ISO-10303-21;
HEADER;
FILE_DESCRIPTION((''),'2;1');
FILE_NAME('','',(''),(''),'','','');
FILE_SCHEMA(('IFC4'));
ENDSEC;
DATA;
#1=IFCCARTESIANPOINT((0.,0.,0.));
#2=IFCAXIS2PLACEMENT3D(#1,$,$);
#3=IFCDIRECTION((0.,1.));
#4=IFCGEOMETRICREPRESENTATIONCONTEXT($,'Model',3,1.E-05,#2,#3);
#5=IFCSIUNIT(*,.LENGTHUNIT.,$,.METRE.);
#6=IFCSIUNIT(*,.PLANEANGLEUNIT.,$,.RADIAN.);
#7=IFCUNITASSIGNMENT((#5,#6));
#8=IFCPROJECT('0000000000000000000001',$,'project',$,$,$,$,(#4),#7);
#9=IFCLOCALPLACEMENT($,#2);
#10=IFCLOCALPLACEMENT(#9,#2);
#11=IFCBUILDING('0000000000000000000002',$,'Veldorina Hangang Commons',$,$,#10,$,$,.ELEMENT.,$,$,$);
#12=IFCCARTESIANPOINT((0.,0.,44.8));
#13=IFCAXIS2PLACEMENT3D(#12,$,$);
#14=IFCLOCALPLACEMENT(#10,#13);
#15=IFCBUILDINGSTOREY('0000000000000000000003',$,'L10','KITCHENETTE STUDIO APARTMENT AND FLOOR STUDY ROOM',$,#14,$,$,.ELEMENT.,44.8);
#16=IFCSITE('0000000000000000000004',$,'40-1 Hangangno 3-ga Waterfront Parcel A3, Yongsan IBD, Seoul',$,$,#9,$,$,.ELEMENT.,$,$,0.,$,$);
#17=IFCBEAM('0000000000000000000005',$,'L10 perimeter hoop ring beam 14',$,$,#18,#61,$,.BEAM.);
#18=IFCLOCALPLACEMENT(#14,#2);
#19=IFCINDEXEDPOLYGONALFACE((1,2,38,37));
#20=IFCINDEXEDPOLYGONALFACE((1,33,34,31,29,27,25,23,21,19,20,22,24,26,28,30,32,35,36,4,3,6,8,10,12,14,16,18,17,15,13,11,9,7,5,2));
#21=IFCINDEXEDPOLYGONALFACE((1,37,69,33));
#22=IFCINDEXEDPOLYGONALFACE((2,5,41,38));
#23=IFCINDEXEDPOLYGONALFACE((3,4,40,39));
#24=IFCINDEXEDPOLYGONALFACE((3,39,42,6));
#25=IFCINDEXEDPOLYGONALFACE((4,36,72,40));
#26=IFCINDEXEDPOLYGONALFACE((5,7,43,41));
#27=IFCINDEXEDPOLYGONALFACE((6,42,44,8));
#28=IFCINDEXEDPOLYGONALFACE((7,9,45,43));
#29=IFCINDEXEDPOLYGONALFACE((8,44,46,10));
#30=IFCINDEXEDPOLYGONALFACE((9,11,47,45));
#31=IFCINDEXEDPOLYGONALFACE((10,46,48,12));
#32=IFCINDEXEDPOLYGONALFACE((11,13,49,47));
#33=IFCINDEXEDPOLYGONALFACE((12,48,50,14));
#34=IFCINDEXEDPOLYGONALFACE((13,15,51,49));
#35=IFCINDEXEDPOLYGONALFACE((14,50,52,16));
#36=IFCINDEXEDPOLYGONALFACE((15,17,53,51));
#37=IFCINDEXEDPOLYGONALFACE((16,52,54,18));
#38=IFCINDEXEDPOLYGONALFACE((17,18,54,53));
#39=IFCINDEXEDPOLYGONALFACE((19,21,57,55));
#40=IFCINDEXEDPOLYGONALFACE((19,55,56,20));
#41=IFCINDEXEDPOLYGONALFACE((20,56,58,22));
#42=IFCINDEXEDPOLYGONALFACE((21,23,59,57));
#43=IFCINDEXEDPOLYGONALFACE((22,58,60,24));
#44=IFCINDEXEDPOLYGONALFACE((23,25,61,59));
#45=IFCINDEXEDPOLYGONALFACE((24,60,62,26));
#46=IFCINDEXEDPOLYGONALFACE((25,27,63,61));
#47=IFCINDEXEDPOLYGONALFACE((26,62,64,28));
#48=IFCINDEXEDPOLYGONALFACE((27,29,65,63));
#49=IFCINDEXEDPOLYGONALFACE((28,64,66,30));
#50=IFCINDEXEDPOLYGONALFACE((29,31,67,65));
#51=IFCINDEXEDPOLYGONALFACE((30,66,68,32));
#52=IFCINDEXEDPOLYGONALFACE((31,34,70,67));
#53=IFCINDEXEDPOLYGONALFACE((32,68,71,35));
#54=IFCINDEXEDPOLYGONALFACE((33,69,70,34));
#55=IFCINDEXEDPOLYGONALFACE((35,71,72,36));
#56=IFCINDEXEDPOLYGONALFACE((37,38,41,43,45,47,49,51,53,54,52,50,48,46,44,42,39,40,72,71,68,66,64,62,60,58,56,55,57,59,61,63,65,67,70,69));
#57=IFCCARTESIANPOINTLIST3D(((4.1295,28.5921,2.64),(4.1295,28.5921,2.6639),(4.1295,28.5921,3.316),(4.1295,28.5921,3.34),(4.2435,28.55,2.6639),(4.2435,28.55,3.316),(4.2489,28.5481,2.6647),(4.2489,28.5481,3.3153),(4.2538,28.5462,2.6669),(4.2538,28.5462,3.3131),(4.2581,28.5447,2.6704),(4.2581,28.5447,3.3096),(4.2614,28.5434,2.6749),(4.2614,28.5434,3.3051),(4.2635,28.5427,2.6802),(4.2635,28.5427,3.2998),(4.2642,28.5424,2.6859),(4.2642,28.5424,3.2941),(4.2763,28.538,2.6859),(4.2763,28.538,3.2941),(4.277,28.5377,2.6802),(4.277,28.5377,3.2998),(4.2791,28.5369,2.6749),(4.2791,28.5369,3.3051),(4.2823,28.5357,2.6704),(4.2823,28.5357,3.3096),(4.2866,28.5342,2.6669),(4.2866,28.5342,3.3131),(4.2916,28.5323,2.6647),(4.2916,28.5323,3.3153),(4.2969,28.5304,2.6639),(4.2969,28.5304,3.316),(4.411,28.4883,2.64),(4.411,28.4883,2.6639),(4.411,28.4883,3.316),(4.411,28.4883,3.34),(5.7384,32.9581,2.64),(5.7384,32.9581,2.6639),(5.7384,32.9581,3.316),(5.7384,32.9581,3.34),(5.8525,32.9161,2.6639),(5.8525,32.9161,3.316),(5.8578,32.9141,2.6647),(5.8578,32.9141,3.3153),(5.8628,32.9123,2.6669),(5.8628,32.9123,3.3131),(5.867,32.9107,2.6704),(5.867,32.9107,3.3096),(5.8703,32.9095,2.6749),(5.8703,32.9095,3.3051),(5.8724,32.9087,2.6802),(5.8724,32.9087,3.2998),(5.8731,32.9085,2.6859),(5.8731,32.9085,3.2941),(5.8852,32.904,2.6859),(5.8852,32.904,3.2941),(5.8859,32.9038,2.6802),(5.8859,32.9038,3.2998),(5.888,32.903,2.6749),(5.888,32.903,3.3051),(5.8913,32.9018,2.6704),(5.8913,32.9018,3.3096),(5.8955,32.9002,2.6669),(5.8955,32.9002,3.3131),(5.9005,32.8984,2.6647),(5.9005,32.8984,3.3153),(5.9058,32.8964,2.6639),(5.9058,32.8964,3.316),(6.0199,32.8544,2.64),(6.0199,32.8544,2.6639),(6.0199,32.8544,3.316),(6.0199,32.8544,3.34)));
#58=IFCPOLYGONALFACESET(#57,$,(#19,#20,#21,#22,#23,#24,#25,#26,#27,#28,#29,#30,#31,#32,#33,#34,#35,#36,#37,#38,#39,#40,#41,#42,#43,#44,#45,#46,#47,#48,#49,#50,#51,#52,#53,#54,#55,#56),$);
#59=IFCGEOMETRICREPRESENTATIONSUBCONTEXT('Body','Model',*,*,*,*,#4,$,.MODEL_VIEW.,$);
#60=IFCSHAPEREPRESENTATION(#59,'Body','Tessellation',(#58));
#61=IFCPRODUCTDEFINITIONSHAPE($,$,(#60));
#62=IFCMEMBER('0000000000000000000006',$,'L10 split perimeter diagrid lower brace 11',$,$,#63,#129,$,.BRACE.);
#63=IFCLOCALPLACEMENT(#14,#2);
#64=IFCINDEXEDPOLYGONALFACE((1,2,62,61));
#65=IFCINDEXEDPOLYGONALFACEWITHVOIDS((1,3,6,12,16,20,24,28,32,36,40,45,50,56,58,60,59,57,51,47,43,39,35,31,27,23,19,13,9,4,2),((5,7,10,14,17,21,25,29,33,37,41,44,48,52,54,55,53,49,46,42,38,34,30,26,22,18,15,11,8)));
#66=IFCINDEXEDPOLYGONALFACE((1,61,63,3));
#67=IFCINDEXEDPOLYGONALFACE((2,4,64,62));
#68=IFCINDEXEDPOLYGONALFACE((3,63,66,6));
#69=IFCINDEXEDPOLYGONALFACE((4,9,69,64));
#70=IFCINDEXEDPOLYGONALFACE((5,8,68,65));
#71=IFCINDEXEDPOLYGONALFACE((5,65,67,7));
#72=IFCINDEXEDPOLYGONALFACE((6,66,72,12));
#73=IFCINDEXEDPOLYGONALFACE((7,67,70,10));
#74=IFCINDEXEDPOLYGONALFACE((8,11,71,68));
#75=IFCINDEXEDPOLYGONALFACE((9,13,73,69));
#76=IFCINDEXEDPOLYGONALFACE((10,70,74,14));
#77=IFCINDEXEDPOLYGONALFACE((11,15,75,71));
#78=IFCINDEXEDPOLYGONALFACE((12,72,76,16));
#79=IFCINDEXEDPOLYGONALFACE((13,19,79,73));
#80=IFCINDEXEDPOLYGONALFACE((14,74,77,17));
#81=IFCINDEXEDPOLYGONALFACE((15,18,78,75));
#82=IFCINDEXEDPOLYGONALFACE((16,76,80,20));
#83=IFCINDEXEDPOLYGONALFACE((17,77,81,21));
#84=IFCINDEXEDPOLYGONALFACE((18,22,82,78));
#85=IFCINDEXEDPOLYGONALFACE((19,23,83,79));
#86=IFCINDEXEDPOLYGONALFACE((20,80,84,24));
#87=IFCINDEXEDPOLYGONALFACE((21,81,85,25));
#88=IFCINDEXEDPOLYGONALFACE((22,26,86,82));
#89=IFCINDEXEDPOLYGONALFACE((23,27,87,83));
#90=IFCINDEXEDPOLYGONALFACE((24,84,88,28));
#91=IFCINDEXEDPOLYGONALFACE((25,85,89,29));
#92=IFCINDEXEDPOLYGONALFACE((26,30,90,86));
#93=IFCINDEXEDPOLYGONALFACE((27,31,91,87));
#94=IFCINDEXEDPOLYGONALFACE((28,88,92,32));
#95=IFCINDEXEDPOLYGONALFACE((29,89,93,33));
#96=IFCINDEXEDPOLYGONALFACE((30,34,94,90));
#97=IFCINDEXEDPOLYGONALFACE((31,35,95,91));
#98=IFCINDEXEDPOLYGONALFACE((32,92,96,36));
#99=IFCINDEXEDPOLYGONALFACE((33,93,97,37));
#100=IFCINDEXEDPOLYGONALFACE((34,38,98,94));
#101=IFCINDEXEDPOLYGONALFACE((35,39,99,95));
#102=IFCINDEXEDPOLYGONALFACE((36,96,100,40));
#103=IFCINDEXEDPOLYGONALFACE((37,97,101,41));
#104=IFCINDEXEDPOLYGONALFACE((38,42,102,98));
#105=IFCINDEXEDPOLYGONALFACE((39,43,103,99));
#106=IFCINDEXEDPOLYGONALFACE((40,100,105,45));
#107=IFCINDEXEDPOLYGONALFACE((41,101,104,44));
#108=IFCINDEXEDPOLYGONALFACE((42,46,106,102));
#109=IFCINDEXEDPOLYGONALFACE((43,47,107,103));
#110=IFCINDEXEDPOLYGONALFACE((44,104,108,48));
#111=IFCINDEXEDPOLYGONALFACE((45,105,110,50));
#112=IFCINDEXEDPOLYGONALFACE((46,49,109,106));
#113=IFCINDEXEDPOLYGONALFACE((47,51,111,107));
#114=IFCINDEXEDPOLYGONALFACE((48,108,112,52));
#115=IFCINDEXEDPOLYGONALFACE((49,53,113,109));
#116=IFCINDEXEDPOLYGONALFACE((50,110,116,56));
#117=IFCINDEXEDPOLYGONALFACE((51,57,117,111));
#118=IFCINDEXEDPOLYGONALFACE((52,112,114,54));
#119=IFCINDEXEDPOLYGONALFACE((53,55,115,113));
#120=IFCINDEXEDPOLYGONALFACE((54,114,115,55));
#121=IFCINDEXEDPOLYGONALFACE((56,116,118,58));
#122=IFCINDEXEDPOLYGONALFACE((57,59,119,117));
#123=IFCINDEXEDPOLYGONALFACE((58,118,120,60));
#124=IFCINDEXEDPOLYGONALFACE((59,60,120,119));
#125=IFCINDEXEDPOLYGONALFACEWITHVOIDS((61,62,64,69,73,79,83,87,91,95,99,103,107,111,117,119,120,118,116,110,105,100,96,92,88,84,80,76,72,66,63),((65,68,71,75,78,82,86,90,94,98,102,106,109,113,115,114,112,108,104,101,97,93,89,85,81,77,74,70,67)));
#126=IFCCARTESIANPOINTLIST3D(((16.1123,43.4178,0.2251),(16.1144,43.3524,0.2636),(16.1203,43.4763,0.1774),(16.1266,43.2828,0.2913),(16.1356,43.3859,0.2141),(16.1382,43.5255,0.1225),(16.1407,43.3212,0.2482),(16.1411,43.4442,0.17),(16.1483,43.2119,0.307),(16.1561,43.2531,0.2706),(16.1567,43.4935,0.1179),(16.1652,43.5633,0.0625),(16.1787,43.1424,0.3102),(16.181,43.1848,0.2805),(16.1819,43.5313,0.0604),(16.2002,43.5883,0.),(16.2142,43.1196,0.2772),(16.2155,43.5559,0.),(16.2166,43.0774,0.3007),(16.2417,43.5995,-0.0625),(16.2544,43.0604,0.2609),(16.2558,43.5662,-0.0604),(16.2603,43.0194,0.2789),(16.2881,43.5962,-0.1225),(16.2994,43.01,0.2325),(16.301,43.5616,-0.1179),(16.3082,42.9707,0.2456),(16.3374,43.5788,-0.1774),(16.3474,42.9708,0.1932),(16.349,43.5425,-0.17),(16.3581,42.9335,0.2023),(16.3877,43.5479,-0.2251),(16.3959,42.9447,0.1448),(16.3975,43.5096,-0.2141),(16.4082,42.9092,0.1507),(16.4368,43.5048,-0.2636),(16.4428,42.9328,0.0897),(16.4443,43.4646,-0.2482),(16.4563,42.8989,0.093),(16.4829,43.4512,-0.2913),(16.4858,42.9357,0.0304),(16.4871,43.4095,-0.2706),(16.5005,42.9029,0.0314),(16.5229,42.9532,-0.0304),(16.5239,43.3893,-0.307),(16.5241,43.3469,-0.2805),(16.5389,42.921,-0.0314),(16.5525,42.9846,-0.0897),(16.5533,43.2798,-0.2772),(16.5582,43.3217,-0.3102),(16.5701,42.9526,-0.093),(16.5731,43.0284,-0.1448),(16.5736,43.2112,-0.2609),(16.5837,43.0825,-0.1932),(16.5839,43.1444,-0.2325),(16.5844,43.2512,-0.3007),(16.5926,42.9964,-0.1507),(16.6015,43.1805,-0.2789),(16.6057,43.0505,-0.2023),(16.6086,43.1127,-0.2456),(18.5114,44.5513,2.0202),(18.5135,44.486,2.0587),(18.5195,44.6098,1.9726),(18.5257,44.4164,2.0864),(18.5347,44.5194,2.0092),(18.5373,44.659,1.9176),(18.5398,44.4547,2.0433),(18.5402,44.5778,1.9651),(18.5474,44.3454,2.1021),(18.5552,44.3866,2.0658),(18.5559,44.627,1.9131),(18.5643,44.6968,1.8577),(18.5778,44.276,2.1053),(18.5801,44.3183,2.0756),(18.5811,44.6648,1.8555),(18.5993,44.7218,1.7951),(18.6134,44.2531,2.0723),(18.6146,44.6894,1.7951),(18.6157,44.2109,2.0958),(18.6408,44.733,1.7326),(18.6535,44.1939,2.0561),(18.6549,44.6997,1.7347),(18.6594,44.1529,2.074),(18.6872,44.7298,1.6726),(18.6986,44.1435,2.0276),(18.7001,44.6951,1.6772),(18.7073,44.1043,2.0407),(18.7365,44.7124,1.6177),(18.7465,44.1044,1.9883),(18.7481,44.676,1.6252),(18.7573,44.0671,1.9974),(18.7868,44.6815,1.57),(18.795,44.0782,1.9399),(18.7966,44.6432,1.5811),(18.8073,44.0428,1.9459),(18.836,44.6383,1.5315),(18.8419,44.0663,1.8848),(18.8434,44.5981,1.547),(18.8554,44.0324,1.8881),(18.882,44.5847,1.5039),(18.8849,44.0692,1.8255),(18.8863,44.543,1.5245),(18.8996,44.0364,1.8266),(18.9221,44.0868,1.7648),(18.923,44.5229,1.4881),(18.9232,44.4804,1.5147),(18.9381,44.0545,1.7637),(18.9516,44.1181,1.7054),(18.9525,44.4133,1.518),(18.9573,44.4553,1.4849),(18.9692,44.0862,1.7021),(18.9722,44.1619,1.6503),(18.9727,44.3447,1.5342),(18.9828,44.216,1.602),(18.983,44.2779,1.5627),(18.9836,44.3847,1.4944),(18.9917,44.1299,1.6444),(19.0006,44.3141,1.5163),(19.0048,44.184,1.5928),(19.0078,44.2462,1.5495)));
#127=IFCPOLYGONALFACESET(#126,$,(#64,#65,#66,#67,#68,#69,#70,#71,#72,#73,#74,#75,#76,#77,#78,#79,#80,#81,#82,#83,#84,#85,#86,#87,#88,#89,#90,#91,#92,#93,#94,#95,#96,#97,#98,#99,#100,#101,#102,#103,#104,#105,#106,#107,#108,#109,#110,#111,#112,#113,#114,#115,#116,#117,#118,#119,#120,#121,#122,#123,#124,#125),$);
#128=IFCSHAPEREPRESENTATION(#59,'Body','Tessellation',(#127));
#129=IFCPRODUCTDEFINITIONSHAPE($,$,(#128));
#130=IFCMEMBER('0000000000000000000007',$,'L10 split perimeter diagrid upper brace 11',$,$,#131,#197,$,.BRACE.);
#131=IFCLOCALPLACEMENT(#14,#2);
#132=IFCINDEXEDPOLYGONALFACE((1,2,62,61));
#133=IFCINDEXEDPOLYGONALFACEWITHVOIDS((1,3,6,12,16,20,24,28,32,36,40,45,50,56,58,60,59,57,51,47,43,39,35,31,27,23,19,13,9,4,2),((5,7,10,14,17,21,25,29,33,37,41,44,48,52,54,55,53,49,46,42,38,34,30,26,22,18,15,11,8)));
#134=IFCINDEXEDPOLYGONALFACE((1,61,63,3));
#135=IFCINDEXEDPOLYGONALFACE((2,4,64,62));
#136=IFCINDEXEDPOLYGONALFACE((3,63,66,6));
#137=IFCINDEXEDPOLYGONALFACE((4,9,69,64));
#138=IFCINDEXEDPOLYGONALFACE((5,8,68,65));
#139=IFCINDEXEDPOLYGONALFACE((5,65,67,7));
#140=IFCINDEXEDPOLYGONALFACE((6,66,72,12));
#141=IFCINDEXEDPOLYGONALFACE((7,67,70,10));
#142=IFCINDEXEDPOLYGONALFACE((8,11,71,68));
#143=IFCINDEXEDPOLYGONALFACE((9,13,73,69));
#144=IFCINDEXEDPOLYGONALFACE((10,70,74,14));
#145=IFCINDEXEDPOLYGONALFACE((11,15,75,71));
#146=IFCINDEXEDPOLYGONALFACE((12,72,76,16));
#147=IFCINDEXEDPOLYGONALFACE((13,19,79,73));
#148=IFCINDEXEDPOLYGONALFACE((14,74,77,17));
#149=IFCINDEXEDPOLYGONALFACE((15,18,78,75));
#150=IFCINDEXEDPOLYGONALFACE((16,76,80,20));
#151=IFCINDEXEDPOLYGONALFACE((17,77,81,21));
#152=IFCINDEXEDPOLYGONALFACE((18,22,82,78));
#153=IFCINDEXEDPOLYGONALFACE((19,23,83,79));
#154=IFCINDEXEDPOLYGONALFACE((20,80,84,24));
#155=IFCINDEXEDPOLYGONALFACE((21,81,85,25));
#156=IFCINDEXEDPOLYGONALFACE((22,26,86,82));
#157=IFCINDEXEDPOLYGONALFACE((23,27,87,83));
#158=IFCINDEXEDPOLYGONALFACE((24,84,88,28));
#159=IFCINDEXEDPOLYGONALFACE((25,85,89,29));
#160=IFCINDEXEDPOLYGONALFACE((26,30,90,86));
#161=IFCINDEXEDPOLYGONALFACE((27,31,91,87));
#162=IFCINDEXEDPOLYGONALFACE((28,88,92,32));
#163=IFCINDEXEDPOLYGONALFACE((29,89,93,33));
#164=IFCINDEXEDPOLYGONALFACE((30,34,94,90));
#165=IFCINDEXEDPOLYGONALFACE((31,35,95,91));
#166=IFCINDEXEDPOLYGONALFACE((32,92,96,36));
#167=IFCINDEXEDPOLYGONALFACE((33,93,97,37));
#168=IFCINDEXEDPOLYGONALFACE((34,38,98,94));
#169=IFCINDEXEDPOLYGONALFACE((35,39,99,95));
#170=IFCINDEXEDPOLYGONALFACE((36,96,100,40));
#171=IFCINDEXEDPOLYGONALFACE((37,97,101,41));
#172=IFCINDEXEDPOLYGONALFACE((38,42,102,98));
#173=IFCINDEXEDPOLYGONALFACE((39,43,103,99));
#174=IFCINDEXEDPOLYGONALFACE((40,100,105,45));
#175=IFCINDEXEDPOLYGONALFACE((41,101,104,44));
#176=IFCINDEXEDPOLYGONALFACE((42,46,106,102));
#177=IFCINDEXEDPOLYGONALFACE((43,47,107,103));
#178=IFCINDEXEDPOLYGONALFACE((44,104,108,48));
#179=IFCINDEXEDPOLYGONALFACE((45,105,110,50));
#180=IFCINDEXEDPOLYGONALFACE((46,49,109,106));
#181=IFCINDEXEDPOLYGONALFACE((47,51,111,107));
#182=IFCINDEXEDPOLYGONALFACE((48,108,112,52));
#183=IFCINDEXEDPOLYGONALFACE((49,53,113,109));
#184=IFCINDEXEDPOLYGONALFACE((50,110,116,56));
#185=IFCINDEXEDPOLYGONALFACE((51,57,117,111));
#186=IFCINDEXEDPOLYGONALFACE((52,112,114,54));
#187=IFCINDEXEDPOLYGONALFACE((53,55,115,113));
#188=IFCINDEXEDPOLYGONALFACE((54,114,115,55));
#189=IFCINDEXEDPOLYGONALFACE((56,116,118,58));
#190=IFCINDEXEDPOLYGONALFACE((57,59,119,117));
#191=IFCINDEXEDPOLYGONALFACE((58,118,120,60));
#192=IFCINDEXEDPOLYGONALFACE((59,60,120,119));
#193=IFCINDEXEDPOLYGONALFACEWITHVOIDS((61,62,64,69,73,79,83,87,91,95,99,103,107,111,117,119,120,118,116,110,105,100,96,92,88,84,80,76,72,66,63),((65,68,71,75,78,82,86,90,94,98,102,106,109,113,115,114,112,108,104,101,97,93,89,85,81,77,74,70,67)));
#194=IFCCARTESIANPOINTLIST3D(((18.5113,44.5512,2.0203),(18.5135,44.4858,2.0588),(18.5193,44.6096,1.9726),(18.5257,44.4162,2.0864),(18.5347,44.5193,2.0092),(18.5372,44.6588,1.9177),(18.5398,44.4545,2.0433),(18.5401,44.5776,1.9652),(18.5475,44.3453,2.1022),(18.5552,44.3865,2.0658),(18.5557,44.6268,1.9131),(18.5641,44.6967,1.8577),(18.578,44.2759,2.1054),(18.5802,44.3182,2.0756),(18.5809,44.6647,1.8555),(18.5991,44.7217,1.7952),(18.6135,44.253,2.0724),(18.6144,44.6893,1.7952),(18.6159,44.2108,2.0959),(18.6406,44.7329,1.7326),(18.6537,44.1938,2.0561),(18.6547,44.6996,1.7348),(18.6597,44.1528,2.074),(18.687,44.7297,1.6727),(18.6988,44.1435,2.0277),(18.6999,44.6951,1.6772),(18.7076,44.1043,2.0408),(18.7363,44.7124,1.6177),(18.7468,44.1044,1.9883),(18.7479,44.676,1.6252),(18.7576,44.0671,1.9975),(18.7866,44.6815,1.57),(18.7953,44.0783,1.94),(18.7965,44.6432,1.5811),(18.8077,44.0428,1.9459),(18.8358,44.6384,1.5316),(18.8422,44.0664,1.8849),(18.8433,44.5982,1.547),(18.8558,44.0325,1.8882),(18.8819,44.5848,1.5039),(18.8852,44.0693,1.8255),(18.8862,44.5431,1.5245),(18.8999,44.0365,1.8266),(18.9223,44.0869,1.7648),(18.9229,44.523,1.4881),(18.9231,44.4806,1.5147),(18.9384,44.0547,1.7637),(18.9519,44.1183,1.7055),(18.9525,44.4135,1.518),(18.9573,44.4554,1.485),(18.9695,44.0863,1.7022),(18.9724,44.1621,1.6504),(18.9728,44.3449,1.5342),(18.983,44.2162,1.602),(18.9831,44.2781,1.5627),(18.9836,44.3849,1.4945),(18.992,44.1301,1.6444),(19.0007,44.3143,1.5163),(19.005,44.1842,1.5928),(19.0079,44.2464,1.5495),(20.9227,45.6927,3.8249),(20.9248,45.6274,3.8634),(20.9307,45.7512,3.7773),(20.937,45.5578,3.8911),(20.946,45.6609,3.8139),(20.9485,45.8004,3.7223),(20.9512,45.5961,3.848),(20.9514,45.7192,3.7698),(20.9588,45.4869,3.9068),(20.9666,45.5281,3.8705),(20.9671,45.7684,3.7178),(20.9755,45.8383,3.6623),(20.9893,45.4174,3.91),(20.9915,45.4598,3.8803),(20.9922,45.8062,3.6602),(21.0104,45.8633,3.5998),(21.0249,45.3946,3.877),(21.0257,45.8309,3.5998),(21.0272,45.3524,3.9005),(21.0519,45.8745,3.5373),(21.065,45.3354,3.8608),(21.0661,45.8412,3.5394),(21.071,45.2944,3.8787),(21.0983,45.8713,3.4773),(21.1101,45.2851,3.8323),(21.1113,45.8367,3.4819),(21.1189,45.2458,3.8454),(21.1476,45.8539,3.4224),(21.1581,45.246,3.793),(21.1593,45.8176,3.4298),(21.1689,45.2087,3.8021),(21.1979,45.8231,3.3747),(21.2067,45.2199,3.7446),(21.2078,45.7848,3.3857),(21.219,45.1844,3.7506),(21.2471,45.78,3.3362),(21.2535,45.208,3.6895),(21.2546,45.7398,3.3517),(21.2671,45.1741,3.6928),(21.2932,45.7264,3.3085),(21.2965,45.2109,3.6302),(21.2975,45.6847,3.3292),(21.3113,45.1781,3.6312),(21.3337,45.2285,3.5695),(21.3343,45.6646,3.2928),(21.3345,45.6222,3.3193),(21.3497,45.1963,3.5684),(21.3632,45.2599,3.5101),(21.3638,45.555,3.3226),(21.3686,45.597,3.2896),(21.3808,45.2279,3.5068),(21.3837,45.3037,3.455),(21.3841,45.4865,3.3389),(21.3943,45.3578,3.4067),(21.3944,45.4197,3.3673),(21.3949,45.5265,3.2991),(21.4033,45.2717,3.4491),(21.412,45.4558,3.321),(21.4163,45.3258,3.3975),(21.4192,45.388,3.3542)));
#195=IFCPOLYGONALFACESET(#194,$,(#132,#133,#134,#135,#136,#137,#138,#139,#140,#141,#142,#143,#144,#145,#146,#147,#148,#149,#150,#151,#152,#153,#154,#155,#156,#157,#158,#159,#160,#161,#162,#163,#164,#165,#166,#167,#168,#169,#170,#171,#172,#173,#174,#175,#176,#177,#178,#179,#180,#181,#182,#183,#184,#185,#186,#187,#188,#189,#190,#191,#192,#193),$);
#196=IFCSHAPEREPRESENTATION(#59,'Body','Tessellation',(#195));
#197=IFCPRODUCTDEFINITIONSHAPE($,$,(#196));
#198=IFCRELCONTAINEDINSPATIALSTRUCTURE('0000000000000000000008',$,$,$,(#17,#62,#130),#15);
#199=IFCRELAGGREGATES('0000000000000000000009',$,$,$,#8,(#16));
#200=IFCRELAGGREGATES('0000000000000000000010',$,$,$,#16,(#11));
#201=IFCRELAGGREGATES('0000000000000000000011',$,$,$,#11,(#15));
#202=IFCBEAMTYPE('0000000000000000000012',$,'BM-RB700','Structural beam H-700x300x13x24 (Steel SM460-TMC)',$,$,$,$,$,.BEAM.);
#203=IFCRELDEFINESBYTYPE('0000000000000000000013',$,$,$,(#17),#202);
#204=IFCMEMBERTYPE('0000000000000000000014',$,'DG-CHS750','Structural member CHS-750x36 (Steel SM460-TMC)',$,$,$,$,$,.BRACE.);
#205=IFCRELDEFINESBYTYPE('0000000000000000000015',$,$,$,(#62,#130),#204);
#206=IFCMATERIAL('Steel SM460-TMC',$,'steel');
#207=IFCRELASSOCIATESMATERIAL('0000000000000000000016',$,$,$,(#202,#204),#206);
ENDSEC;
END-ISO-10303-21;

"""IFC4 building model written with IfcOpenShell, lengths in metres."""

from ifc_helpers import new_model, si_unit, direction, frame, origin, origin_2d, place, context, subcontext, project, spatial, hollow_circle, i_section, extrude, material, material_profile, profile_set, type_object, element, save


model = new_model("IFC4")

# Units and contexts
model_context = context("Model", 3, precision=1e-05, world=origin(), true_north=direction((0.0, 1.0)))
body_context = subcontext(model_context, "Body", "Model", "MODEL_VIEW")
ifc_project = project(units=[si_unit("LENGTHUNIT", "METRE"), si_unit("PLANEANGLEUNIT", "RADIAN")], contexts=[model_context])

# Site, building, storey
site_placement = place(None, origin())
site = spatial("IfcSite", under=ifc_project, at=site_placement, Name="40-1 Hangangno 3-ga Waterfront Parcel A3, Yongsan IBD, Seoul", CompositionType="ELEMENT", RefElevation=0.0)
building_placement = place(site_placement, origin())
building = spatial("IfcBuilding", under=site, at=building_placement, Name="Veldorina Hangang Commons", CompositionType="ELEMENT")
storey_placement = place(building_placement, frame((0.0, 0.0, 44.8)))
storey = spatial("IfcBuildingStorey", under=building, at=storey_placement, Name="L10", Description="KITCHENETTE STUDIO APARTMENT AND FLOOR STUDY ROOM", CompositionType="ELEMENT", Elevation=44.8)

# Beam
ifc_material_1 = material(Name="Steel SM460-TMC", Category="steel")
ifc_material_profile_1 = material_profile(ifc_material_1, i_section(OverallWidth=0.3, OverallDepth=0.7, WebThickness=0.0129, FlangeThickness=0.0239, FilletRadius=0.022, at=origin_2d()), Name="H-700x300x13x24")
ifc_profile_set_1 = profile_set([ifc_material_profile_1], Name="Steel SM460-TMC")
beam_type_1 = type_object("IfcBeamType", Name="BM-RB700", Description="Structural beam H-700x300x13x24 (Steel SM460-TMC)", PredefinedType="BEAM", material=ifc_profile_set_1)
beam_1_placement = place(storey_placement, frame((5.8792, 32.9062, 2.99), z_axis=(-0.345776, -0.938317, 0.0), x_axis=(0.938317, -0.345776, 0.0)))
element("IfcBeam", 1, at=beam_1_placement, inside=storey, type_object=beam_type_1, Name="L10 perimeter hoop ring beam 14", PredefinedType="BEAM", context=body_context, shape_type="SweptSolid", body=[
    extrude(i_section(OverallWidth=0.3, OverallDepth=0.7, WebThickness=0.0129, FlangeThickness=0.0239, FilletRadius=0.022, at=origin_2d()), origin(), (0.0, 0.0, 1.0), 4.6531),
])

# Members
ifc_material_profile_2 = material_profile(ifc_material_1, hollow_circle(Radius=0.375, WallThickness=0.0359, at=origin_2d()), Name="CHS-750x36")
ifc_profile_set_2 = profile_set([ifc_material_profile_2], Name="Steel SM460-TMC")
member_type = type_object("IfcMemberType", Name="DG-CHS750", Description="Structural member CHS-750x36 (Steel SM460-TMC)", PredefinedType="BRACE", material=ifc_profile_set_2)
member_1_placement = place(storey_placement, frame((16.3604, 43.2493, 0.0), z_axis=(0.74888, 0.353826, 0.560345), x_axis=(-0.427192, 0.904161, 0.0)))
element("IfcMember", 2, at=member_1_placement, inside=storey, type_object=member_type, Name="L10 split perimeter diagrid lower brace 11", PredefinedType="BRACE", context=body_context, shape_type="SweptSolid", body=[
    extrude(hollow_circle(Radius=0.375, WallThickness=0.0359, at=origin_2d()), origin(), (0.0, 0.0, 1.0), 3.2036),
])
member_2_placement = place(storey_placement, frame((18.7595, 44.3828, 1.7952), z_axis=(0.748641, 0.354424, 0.560287), x_axis=(-0.427894, 0.903829, 0.0)))
element("IfcMember", 3, at=member_2_placement, inside=storey, type_object=member_type, Name="L10 split perimeter diagrid upper brace 11", PredefinedType="BRACE", context=body_context, shape_type="SweptSolid", body=[
    extrude(hollow_circle(Radius=0.375, WallThickness=0.0359, at=origin_2d()), origin(), (0.0, 0.0, 1.0), 3.2209),
])

save(model, "model.ifc")
